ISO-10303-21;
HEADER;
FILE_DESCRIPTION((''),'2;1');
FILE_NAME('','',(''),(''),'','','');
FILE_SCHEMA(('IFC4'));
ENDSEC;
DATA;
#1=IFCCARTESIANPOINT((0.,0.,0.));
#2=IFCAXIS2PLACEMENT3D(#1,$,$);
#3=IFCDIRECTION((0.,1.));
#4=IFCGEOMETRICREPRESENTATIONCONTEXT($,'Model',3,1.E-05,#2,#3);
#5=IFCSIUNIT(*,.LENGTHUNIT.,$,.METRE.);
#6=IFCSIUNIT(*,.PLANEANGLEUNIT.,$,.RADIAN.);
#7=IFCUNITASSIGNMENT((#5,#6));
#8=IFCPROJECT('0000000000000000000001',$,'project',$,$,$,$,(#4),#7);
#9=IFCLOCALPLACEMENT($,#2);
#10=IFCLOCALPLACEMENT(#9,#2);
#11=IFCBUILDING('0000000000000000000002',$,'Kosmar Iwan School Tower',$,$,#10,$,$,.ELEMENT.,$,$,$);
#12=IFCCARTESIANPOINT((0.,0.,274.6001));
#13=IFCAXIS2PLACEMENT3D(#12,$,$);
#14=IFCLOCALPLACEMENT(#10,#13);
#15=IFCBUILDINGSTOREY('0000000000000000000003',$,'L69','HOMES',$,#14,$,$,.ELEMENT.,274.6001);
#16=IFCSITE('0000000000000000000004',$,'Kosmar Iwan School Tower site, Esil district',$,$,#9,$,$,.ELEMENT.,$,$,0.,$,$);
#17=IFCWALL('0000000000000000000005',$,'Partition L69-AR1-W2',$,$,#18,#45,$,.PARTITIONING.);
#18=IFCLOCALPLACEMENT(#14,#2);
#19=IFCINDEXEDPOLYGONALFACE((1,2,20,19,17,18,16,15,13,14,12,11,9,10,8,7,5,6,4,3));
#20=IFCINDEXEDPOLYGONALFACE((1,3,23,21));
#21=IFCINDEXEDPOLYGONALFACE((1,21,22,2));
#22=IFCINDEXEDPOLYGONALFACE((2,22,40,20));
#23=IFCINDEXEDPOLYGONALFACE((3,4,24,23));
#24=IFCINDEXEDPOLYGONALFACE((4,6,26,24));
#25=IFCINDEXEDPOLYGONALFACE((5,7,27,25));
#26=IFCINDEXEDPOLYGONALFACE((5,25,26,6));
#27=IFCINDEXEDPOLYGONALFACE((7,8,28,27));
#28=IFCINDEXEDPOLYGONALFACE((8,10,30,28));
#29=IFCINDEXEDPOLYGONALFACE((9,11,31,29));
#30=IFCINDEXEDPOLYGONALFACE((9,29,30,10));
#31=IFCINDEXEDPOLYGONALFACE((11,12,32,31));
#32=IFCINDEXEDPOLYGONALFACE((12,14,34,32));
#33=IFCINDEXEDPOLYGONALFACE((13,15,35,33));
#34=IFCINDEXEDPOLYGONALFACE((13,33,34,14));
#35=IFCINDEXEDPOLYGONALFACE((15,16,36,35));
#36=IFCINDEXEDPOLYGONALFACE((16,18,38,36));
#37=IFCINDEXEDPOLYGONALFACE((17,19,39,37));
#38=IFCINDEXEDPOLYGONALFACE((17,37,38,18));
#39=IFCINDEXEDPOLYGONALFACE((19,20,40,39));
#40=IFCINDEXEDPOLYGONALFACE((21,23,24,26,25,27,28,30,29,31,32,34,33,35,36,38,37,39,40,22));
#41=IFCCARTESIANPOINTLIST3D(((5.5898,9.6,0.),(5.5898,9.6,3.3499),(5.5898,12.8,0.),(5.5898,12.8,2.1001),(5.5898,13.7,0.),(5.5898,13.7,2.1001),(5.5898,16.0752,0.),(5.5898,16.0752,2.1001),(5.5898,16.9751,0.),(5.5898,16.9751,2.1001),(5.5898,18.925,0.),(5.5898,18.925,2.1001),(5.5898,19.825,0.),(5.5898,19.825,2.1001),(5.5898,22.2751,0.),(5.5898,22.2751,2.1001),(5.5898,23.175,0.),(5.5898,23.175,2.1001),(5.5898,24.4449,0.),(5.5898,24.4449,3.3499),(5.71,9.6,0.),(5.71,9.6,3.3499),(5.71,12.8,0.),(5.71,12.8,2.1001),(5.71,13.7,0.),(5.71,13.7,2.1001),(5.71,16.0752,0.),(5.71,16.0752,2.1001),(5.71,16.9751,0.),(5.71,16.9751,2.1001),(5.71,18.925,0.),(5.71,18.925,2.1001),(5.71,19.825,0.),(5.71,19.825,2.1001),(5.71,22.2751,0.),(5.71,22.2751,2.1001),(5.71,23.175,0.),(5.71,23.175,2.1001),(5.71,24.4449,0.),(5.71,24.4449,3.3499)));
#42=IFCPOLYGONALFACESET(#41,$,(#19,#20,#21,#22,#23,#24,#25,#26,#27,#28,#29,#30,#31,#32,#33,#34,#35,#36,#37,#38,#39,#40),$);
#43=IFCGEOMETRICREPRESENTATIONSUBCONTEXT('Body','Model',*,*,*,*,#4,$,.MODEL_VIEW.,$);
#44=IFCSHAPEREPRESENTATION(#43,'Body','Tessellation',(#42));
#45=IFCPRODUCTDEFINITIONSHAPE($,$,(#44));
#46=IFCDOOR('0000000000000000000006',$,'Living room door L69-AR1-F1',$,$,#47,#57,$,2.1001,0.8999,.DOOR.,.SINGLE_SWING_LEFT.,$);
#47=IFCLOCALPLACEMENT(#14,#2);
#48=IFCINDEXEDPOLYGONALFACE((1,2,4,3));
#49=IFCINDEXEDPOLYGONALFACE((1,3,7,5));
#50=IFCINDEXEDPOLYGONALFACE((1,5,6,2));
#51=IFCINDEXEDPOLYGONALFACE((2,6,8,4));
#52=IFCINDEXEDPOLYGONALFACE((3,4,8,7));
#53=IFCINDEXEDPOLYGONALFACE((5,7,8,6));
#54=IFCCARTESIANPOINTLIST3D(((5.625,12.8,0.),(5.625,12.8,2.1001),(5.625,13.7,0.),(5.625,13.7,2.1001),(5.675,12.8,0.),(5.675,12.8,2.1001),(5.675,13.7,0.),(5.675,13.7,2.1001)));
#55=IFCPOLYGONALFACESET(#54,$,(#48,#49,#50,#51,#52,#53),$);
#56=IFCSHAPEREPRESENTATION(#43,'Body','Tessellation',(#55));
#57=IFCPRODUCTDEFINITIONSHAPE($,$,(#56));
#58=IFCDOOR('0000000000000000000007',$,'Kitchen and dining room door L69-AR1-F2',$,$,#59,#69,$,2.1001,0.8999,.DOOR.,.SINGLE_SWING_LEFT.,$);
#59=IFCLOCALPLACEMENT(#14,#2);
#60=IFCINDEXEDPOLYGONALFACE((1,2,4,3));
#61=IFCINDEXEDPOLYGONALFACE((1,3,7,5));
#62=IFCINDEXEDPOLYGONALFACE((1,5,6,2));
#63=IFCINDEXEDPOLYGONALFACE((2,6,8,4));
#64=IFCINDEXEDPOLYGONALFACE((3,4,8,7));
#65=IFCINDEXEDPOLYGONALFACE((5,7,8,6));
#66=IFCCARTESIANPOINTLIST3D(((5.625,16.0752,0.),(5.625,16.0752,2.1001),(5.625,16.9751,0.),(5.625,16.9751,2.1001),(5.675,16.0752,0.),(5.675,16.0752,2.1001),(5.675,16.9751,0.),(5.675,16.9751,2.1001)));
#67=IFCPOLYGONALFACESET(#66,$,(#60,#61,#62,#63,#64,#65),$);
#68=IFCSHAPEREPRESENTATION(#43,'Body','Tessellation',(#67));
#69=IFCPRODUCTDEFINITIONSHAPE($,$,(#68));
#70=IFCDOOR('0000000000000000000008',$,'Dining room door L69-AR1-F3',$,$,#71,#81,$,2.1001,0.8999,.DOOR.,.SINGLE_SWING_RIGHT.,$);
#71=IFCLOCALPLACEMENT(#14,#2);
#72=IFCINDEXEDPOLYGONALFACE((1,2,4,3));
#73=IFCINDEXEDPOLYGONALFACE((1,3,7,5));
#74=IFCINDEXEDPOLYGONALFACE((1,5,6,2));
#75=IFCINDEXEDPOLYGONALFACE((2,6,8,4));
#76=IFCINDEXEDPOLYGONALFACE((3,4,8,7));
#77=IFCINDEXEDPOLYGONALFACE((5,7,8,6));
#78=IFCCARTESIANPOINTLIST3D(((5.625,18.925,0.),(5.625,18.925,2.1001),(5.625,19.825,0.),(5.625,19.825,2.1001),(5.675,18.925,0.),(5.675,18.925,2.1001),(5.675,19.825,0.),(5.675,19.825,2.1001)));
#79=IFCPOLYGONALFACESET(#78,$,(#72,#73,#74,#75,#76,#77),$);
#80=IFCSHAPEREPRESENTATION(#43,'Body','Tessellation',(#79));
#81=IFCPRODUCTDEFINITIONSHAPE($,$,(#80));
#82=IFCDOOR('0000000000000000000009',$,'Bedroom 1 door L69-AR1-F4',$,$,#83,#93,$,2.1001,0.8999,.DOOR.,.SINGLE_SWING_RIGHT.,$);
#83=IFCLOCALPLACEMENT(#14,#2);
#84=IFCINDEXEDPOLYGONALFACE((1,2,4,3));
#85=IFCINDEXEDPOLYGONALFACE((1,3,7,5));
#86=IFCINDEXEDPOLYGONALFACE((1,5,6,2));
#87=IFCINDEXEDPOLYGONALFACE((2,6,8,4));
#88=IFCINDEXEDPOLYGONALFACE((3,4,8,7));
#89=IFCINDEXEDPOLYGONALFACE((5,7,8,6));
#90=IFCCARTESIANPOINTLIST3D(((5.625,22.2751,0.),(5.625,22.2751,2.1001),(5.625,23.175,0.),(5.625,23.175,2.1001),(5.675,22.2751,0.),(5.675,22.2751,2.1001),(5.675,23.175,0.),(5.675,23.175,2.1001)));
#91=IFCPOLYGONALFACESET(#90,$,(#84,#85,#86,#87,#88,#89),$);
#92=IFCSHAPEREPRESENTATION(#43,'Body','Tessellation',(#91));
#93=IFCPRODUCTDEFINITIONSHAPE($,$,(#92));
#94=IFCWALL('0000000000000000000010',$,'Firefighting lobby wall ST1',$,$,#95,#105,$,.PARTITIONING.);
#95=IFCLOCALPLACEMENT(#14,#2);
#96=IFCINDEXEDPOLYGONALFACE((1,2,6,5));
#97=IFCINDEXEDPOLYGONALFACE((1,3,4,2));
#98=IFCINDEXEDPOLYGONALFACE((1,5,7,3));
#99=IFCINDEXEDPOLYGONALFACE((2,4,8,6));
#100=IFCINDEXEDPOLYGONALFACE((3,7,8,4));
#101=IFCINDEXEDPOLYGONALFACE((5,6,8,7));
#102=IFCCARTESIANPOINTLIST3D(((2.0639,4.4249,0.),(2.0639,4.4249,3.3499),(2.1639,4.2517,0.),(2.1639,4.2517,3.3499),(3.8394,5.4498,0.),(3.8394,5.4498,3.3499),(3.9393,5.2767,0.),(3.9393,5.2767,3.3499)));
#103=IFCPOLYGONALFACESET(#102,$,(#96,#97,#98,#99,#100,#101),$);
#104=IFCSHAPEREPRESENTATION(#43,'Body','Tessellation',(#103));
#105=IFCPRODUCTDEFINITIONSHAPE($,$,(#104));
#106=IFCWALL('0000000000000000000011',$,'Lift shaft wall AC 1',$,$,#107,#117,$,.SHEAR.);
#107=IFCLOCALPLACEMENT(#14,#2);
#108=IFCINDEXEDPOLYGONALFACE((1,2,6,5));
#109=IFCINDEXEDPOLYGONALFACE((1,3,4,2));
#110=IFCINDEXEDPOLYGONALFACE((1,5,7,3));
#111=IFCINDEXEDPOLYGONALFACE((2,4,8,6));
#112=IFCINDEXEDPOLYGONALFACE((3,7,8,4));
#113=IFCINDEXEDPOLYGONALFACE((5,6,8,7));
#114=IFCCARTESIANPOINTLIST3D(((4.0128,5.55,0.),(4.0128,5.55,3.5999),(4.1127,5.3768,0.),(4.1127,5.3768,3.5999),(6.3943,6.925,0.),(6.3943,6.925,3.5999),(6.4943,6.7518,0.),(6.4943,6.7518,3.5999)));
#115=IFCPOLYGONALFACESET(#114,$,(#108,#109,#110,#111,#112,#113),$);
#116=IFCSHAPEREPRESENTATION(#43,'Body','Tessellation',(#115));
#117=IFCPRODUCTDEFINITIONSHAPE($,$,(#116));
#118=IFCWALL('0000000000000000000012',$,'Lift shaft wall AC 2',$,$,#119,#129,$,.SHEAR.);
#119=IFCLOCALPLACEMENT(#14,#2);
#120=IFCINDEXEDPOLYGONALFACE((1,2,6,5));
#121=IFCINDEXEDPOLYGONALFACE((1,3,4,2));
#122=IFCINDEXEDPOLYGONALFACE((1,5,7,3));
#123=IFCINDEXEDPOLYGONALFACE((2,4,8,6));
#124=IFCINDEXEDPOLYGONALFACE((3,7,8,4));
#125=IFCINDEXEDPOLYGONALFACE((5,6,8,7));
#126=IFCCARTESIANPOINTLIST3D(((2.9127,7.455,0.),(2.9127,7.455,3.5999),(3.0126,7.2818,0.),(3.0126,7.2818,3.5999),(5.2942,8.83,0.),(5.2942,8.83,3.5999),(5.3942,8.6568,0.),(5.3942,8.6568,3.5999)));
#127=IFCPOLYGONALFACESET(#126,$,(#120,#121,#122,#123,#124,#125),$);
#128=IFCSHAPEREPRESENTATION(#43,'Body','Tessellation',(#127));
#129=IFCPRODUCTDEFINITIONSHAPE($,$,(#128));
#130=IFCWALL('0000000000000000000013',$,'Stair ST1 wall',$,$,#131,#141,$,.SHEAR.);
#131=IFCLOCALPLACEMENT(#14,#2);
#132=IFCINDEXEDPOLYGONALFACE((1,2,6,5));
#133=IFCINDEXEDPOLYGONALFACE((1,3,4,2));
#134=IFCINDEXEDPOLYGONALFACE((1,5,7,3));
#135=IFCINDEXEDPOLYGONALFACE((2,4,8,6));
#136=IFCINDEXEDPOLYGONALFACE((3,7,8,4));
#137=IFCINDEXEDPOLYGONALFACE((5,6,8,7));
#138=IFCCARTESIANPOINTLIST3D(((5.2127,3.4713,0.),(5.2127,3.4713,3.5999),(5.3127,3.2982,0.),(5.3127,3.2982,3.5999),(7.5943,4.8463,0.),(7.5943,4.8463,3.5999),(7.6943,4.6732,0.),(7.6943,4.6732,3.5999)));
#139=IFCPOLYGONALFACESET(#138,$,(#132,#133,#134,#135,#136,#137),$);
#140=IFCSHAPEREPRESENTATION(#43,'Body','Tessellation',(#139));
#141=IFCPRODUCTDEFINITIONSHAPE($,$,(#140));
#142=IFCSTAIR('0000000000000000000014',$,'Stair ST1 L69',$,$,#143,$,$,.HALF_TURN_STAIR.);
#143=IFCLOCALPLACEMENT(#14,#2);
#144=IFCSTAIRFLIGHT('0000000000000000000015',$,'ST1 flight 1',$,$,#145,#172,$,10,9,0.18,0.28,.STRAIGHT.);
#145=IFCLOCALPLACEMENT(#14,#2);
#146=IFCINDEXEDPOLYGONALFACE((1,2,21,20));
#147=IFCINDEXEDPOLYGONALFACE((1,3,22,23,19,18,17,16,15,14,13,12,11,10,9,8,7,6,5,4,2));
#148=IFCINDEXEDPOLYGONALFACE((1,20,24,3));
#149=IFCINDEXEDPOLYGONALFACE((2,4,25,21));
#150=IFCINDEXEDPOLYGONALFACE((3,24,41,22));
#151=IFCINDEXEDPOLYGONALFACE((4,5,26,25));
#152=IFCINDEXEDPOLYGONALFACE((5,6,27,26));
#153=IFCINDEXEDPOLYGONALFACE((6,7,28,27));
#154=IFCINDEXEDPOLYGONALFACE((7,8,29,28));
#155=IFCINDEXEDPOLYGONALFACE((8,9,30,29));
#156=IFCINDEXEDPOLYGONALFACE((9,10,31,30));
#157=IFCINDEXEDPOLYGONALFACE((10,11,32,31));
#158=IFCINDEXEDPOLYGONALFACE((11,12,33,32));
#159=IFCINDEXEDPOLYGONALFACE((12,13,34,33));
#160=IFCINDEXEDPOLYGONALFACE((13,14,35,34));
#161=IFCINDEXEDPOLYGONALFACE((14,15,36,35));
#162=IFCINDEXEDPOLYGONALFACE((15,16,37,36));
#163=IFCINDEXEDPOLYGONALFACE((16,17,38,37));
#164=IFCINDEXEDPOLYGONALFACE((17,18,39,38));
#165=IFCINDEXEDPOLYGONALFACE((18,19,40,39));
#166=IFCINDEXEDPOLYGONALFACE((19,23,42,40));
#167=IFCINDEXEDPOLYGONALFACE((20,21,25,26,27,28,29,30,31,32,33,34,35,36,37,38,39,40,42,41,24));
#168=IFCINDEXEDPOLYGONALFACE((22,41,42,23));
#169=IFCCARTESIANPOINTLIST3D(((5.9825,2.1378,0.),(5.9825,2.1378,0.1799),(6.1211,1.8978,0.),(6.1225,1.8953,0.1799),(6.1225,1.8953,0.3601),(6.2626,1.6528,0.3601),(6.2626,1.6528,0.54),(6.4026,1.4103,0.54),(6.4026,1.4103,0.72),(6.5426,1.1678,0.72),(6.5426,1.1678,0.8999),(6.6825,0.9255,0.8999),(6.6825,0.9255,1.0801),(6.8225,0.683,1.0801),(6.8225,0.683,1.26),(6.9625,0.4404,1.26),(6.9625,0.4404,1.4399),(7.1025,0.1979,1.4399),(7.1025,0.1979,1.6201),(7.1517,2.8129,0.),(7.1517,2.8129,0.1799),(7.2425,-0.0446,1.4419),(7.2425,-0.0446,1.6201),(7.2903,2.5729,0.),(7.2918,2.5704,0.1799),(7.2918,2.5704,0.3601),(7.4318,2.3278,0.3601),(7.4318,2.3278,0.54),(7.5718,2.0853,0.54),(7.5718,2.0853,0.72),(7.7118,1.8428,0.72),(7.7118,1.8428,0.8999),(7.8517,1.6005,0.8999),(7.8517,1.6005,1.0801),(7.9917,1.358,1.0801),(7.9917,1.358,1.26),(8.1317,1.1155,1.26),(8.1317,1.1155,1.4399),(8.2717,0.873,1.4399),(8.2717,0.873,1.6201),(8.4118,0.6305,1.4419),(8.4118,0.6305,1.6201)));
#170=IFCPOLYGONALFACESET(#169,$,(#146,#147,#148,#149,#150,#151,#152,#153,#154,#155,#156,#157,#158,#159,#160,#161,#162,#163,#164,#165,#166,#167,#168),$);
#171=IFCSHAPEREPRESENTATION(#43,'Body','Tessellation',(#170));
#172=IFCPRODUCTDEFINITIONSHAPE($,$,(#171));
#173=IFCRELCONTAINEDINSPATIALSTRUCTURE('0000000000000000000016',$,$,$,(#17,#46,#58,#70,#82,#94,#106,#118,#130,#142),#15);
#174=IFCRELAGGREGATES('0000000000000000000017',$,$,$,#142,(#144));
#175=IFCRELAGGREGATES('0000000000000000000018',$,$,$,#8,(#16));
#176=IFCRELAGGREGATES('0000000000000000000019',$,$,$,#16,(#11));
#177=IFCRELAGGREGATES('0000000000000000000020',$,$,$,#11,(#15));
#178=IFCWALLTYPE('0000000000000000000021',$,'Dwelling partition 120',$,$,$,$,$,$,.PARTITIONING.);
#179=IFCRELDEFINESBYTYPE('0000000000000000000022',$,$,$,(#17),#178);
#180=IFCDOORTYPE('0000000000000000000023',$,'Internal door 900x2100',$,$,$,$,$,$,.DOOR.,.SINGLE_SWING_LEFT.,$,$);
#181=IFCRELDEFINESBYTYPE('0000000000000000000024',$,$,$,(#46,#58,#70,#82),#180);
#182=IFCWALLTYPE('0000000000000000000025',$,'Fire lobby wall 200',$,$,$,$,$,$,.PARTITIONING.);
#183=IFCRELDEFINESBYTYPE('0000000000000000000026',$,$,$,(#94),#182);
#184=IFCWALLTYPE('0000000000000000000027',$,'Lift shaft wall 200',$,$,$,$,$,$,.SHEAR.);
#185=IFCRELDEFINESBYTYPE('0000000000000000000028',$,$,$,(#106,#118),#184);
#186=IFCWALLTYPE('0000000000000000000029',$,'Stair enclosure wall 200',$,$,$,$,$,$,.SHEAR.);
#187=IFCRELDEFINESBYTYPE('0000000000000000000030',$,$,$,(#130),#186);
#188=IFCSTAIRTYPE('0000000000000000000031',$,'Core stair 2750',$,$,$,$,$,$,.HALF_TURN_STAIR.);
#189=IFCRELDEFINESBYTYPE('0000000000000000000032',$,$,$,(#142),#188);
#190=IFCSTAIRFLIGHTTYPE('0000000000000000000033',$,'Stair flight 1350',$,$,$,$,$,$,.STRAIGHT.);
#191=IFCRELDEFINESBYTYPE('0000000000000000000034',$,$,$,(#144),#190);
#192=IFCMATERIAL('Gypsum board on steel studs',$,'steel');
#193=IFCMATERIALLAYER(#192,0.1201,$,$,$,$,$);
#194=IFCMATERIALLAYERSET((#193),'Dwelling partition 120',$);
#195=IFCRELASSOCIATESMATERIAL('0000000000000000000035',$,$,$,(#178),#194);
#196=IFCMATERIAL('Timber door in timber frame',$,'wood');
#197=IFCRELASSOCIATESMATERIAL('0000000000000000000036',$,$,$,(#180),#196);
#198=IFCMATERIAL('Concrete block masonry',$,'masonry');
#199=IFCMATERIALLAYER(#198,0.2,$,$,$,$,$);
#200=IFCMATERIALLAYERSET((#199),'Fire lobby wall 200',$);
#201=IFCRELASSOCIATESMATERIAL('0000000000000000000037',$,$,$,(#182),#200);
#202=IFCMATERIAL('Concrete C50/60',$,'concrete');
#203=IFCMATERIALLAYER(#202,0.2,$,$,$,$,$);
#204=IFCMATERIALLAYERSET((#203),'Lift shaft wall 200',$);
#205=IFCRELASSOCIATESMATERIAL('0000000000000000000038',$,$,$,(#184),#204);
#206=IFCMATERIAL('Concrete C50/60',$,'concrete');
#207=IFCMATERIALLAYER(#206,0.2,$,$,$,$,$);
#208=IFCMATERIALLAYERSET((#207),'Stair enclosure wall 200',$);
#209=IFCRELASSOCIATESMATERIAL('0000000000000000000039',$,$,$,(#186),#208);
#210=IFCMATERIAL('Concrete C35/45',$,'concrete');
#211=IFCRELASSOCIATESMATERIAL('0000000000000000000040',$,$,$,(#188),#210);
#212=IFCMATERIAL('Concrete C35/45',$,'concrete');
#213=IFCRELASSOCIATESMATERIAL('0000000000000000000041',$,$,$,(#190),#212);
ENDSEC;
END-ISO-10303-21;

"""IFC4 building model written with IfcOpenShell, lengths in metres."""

from ifc_helpers import new_model, si_unit, direction, frame, frame_2d, origin, place, context, subcontext, project, spatial, polyline, rectangle, outline, extrude, material, layer, layer_set, type_object, element, fill, aggregate, save


model = new_model("IFC4")

# Units and contexts
model_context = context("Model", 3, precision=1e-05, world=origin(), true_north=direction((0.0, 1.0)))
body_context = subcontext(model_context, "Body", "Model", "MODEL_VIEW")
ifc_project = project(units=[si_unit("LENGTHUNIT", "METRE"), si_unit("PLANEANGLEUNIT", "RADIAN")], contexts=[model_context])

# Site, building, storey
site_placement = place(None, origin())
site = spatial("IfcSite", under=ifc_project, at=site_placement, Name="Kosmar Iwan School Tower site, Esil district", CompositionType="ELEMENT", RefElevation=0.0)
building_placement = place(site_placement, origin())
building = spatial("IfcBuilding", under=site, at=building_placement, Name="Kosmar Iwan School Tower", CompositionType="ELEMENT")
storey_placement = place(building_placement, frame((0.0, 0.0, 274.6001)))
storey = spatial("IfcBuildingStorey", under=building, at=storey_placement, Name="L69", Description="HOMES", CompositionType="ELEMENT", Elevation=274.6001)

# Wall, openings, doors
ifc_material_1 = material(Name="Gypsum board on steel studs", Category="steel")
ifc_layer_1 = layer(ifc_material_1, 0.1201)
ifc_layer_set_1 = layer_set([ifc_layer_1], Name="Dwelling partition 120")
wall_type_1 = type_object("IfcWallType", Name="Dwelling partition 120", PredefinedType="PARTITIONING", material=ifc_layer_set_1)
ifc_material_2 = material(Name="Timber door in timber frame", Category="wood")
door_type_1 = type_object("IfcDoorType", Name="Internal door 900x2100", OperationType="SINGLE_SWING_LEFT", PredefinedType="DOOR", material=ifc_material_2)
wall_1_placement = place(storey_placement, frame((5.6499, 9.6001, 0.0), z_axis=(0.0, 0.0, 1.0), x_axis=(0.0, 1.0, 0.0)))
wall_1 = element("IfcWall", 1, at=wall_1_placement, inside=storey, type_object=wall_type_1, Name="Partition L69-AR1-W2", PredefinedType="PARTITIONING", context=body_context, shape_type="SweptSolid", body=[
    extrude(rectangle(XDim=14.845, YDim=0.1201, at=frame_2d((7.4224, 0.0))), origin(), (0.0, 0.0, 1.0), 3.3499),
])
opening_1_placement = place(wall_1_placement, frame((3.2, 0.0, 0.0)))
opening_1 = element("IfcOpeningElement", 2, at=opening_1_placement, cuts=wall_1, PredefinedType="OPENING", context=body_context, shape_type="SweptSolid", body=[
    extrude(rectangle(XDim=0.8999, YDim=2.1001, at=frame_2d((0.45, 1.05))), frame((0.0, 0.072, 0.0), z_axis=(0.0, -1.0, 0.0), x_axis=(1.0, 0.0, 0.0)), (0.0, 0.0, 1.0), 0.144),
])
opening_2_placement = place(wall_1_placement, frame((6.4751, 0.0, 0.0)))
opening_2 = element("IfcOpeningElement", 3, at=opening_2_placement, cuts=wall_1, PredefinedType="OPENING", context=body_context, shape_type="SweptSolid", body=[
    extrude(rectangle(XDim=0.8999, YDim=2.1001, at=frame_2d((0.45, 1.05))), frame((0.0, 0.072, 0.0), z_axis=(0.0, -1.0, 0.0), x_axis=(1.0, 0.0, 0.0)), (0.0, 0.0, 1.0), 0.144),
])
opening_3_placement = place(wall_1_placement, frame((9.325, 0.0, 0.0)))
opening_3 = element("IfcOpeningElement", 4, at=opening_3_placement, cuts=wall_1, PredefinedType="OPENING", context=body_context, shape_type="SweptSolid", body=[
    extrude(rectangle(XDim=0.8999, YDim=2.1001, at=frame_2d((0.45, 1.05))), frame((0.0, 0.072, 0.0), z_axis=(0.0, -1.0, 0.0), x_axis=(1.0, 0.0, 0.0)), (0.0, 0.0, 1.0), 0.144),
])
opening_4_placement = place(wall_1_placement, frame((12.675, 0.0, 0.0)))
opening_4 = element("IfcOpeningElement", 5, at=opening_4_placement, cuts=wall_1, PredefinedType="OPENING", context=body_context, shape_type="SweptSolid", body=[
    extrude(rectangle(XDim=0.8999, YDim=2.1001, at=frame_2d((0.45, 1.05))), frame((0.0, 0.072, 0.0), z_axis=(0.0, -1.0, 0.0), x_axis=(1.0, 0.0, 0.0)), (0.0, 0.0, 1.0), 0.144),
])
door_1_placement = place(opening_1_placement, origin())
door_1 = element("IfcDoor", 6, at=door_1_placement, inside=storey, type_object=door_type_1, Name="Living room door L69-AR1-F1", OperationType="SINGLE_SWING_LEFT", OverallHeight=2.1001, OverallWidth=0.8999, PredefinedType="DOOR", context=body_context, shape_type="SweptSolid", body=[
    extrude(rectangle(XDim=0.8999, YDim=2.1001, at=frame_2d((0.45, 1.05))), frame((0.0, 0.0249, 0.0), z_axis=(0.0, -1.0, 0.0), x_axis=(1.0, 0.0, 0.0)), (0.0, 0.0, 1.0), 0.05),
])
fill(opening_1, door_1)
door_2_placement = place(opening_2_placement, origin())
door_2 = element("IfcDoor", 7, at=door_2_placement, inside=storey, type_object=door_type_1, Name="Kitchen and dining room door L69-AR1-F2", OperationType="SINGLE_SWING_LEFT", OverallHeight=2.1001, OverallWidth=0.8999, PredefinedType="DOOR", context=body_context, shape_type="SweptSolid", body=[
    extrude(rectangle(XDim=0.8999, YDim=2.1001, at=frame_2d((0.45, 1.05))), frame((0.0, 0.0249, 0.0), z_axis=(0.0, -1.0, 0.0), x_axis=(1.0, 0.0, 0.0)), (0.0, 0.0, 1.0), 0.05),
])
fill(opening_2, door_2)
door_3_placement = place(opening_3_placement, origin())
door_3 = element("IfcDoor", 8, at=door_3_placement, inside=storey, type_object=door_type_1, Name="Dining room door L69-AR1-F3", OperationType="SINGLE_SWING_RIGHT", OverallHeight=2.1001, OverallWidth=0.8999, PredefinedType="DOOR", context=body_context, shape_type="SweptSolid", body=[
    extrude(rectangle(XDim=0.8999, YDim=2.1001, at=frame_2d((0.45, 1.05))), frame((0.0, 0.0249, 0.0), z_axis=(0.0, -1.0, 0.0), x_axis=(1.0, 0.0, 0.0)), (0.0, 0.0, 1.0), 0.05),
])
fill(opening_3, door_3)
door_4_placement = place(opening_4_placement, origin())
door_4 = element("IfcDoor", 9, at=door_4_placement, inside=storey, type_object=door_type_1, Name="Bedroom 1 door L69-AR1-F4", OperationType="SINGLE_SWING_RIGHT", OverallHeight=2.1001, OverallWidth=0.8999, PredefinedType="DOOR", context=body_context, shape_type="SweptSolid", body=[
    extrude(rectangle(XDim=0.8999, YDim=2.1001, at=frame_2d((0.45, 1.05))), frame((0.0, 0.0249, 0.0), z_axis=(0.0, -1.0, 0.0), x_axis=(1.0, 0.0, 0.0)), (0.0, 0.0, 1.0), 0.05),
])
fill(opening_4, door_4)

# Walls
ifc_material_3 = material(Name="Concrete block masonry", Category="masonry")
ifc_layer_2 = layer(ifc_material_3, 0.2)
ifc_layer_set_2 = layer_set([ifc_layer_2], Name="Fire lobby wall 200")
wall_type_2 = type_object("IfcWallType", Name="Fire lobby wall 200", PredefinedType="PARTITIONING", material=ifc_layer_set_2)
wall_2_placement = place(storey_placement, frame((2.114, 4.3384, 0.0), z_axis=(0.0, 0.0, 1.0), x_axis=(0.866051, 0.499956, 0.0)))
element("IfcWall", 10, at=wall_2_placement, inside=storey, type_object=wall_type_2, Name="Firefighting lobby wall ST1", PredefinedType="PARTITIONING", context=body_context, shape_type="SweptSolid", body=[
    extrude(rectangle(XDim=2.05, YDim=0.2, at=frame_2d((1.0249, 0.0))), origin(), (0.0, 0.0, 1.0), 3.3499),
])
ifc_material_4 = material(Name="Concrete C50/60", Category="concrete")
ifc_layer_3 = layer(ifc_material_4, 0.2)
ifc_layer_set_3 = layer_set([ifc_layer_3], Name="Lift shaft wall 200")
wall_type_3 = type_object("IfcWallType", Name="Lift shaft wall 200", PredefinedType="SHEAR", material=ifc_layer_set_3)
for number, where, z_axis, x_axis, name in (
    (11, (4.0627, 5.4634, 0.0), (0.0, 0.0, 1.0), (0.866027, 0.499997, 0.0), "Lift shaft wall AC 1"),
    (12, (2.9626, 7.3684, 0.0), (0.0, 0.0, 1.0), (0.866027, 0.499997, 0.0), "Lift shaft wall AC 2"),
):
    element("IfcWall", number, at=place(storey_placement, frame(where, z_axis=z_axis, x_axis=x_axis)), inside=storey, type_object=wall_type_3, Name=name, PredefinedType="SHEAR", context=body_context, shape_type="SweptSolid", body=[
        extrude(rectangle(XDim=2.75, YDim=0.2, at=frame_2d((1.375, 0.0))), origin(), (0.0, 0.0, 1.0), 3.5999),
    ])
ifc_material_5 = material(Name="Concrete C50/60", Category="concrete")
ifc_layer_4 = layer(ifc_material_5, 0.2)
ifc_layer_set_4 = layer_set([ifc_layer_4], Name="Stair enclosure wall 200")
wall_type_4 = type_object("IfcWallType", Name="Stair enclosure wall 200", PredefinedType="SHEAR", material=ifc_layer_set_4)
wall_3_placement = place(storey_placement, frame((5.2627, 3.3848, 0.0), z_axis=(0.0, 0.0, 1.0), x_axis=(0.866027, 0.499997, 0.0)))
element("IfcWall", 13, at=wall_3_placement, inside=storey, type_object=wall_type_4, Name="Stair ST1 wall", PredefinedType="SHEAR", context=body_context, shape_type="SweptSolid", body=[
    extrude(rectangle(XDim=2.75, YDim=0.2, at=frame_2d((1.375, 0.0))), origin(), (0.0, 0.0, 1.0), 3.5999),
])

# Stair, stair flight
ifc_material_6 = material(Name="Concrete C35/45", Category="concrete")
stair_type = type_object("IfcStairType", Name="Core stair 2750", PredefinedType="HALF_TURN_STAIR", material=ifc_material_6)
stair_placement = place(storey_placement, origin())
stair = element("IfcStair", 14, at=stair_placement, inside=storey, type_object=stair_type, Name="Stair ST1 L69", PredefinedType="HALF_TURN_STAIR")
ifc_material_7 = material(Name="Concrete C35/45", Category="concrete")
stair_flight_type = type_object("IfcStairFlightType", Name="Stair flight 1350", PredefinedType="STRAIGHT", material=ifc_material_7)
stair_flight_placement = place(storey_placement, frame((6.5671, 2.4753, 0.0), z_axis=(0.0, 0.0, 1.0), x_axis=(0.5, -0.866025, 0.0)))
stair_flight = element("IfcStairFlight", 15, at=stair_flight_placement, type_object=stair_flight_type, Name="ST1 flight 1", NumberOfRisers=10, NumberOfTreads=9, PredefinedType="STRAIGHT", RiserHeight=0.18, TreadLength=0.28, context=body_context, shape_type="SweptSolid", body=[
    extrude(outline(polyline([(0.0, 0.0), (0.0, 0.1799), (0.28, 0.1799), (0.28, 0.3601), (0.5601, 0.3601), (0.5601, 0.54), (0.8401, 0.54), (0.8401, 0.72), (1.1201, 0.72), (1.1201, 0.8999), (1.3999, 0.8999), (1.3999, 1.0801), (1.6799, 1.0801), (1.6799, 1.26), (1.96, 1.26), (1.96, 1.4399), (2.24, 1.4399), (2.24, 1.6201), (2.52, 1.6201), (2.52, 1.8), (2.52, 1.4419), (0.2771, 0.0), (0.0, 0.0)])), frame((0.0, 0.675, 0.0), z_axis=(0.0, -1.0, 0.0), x_axis=(1.0, 0.0, 0.0)), (0.0, 0.0, 1.0), 1.3501),
])
aggregate(stair, [stair_flight])

save(model, "model.ifc")
